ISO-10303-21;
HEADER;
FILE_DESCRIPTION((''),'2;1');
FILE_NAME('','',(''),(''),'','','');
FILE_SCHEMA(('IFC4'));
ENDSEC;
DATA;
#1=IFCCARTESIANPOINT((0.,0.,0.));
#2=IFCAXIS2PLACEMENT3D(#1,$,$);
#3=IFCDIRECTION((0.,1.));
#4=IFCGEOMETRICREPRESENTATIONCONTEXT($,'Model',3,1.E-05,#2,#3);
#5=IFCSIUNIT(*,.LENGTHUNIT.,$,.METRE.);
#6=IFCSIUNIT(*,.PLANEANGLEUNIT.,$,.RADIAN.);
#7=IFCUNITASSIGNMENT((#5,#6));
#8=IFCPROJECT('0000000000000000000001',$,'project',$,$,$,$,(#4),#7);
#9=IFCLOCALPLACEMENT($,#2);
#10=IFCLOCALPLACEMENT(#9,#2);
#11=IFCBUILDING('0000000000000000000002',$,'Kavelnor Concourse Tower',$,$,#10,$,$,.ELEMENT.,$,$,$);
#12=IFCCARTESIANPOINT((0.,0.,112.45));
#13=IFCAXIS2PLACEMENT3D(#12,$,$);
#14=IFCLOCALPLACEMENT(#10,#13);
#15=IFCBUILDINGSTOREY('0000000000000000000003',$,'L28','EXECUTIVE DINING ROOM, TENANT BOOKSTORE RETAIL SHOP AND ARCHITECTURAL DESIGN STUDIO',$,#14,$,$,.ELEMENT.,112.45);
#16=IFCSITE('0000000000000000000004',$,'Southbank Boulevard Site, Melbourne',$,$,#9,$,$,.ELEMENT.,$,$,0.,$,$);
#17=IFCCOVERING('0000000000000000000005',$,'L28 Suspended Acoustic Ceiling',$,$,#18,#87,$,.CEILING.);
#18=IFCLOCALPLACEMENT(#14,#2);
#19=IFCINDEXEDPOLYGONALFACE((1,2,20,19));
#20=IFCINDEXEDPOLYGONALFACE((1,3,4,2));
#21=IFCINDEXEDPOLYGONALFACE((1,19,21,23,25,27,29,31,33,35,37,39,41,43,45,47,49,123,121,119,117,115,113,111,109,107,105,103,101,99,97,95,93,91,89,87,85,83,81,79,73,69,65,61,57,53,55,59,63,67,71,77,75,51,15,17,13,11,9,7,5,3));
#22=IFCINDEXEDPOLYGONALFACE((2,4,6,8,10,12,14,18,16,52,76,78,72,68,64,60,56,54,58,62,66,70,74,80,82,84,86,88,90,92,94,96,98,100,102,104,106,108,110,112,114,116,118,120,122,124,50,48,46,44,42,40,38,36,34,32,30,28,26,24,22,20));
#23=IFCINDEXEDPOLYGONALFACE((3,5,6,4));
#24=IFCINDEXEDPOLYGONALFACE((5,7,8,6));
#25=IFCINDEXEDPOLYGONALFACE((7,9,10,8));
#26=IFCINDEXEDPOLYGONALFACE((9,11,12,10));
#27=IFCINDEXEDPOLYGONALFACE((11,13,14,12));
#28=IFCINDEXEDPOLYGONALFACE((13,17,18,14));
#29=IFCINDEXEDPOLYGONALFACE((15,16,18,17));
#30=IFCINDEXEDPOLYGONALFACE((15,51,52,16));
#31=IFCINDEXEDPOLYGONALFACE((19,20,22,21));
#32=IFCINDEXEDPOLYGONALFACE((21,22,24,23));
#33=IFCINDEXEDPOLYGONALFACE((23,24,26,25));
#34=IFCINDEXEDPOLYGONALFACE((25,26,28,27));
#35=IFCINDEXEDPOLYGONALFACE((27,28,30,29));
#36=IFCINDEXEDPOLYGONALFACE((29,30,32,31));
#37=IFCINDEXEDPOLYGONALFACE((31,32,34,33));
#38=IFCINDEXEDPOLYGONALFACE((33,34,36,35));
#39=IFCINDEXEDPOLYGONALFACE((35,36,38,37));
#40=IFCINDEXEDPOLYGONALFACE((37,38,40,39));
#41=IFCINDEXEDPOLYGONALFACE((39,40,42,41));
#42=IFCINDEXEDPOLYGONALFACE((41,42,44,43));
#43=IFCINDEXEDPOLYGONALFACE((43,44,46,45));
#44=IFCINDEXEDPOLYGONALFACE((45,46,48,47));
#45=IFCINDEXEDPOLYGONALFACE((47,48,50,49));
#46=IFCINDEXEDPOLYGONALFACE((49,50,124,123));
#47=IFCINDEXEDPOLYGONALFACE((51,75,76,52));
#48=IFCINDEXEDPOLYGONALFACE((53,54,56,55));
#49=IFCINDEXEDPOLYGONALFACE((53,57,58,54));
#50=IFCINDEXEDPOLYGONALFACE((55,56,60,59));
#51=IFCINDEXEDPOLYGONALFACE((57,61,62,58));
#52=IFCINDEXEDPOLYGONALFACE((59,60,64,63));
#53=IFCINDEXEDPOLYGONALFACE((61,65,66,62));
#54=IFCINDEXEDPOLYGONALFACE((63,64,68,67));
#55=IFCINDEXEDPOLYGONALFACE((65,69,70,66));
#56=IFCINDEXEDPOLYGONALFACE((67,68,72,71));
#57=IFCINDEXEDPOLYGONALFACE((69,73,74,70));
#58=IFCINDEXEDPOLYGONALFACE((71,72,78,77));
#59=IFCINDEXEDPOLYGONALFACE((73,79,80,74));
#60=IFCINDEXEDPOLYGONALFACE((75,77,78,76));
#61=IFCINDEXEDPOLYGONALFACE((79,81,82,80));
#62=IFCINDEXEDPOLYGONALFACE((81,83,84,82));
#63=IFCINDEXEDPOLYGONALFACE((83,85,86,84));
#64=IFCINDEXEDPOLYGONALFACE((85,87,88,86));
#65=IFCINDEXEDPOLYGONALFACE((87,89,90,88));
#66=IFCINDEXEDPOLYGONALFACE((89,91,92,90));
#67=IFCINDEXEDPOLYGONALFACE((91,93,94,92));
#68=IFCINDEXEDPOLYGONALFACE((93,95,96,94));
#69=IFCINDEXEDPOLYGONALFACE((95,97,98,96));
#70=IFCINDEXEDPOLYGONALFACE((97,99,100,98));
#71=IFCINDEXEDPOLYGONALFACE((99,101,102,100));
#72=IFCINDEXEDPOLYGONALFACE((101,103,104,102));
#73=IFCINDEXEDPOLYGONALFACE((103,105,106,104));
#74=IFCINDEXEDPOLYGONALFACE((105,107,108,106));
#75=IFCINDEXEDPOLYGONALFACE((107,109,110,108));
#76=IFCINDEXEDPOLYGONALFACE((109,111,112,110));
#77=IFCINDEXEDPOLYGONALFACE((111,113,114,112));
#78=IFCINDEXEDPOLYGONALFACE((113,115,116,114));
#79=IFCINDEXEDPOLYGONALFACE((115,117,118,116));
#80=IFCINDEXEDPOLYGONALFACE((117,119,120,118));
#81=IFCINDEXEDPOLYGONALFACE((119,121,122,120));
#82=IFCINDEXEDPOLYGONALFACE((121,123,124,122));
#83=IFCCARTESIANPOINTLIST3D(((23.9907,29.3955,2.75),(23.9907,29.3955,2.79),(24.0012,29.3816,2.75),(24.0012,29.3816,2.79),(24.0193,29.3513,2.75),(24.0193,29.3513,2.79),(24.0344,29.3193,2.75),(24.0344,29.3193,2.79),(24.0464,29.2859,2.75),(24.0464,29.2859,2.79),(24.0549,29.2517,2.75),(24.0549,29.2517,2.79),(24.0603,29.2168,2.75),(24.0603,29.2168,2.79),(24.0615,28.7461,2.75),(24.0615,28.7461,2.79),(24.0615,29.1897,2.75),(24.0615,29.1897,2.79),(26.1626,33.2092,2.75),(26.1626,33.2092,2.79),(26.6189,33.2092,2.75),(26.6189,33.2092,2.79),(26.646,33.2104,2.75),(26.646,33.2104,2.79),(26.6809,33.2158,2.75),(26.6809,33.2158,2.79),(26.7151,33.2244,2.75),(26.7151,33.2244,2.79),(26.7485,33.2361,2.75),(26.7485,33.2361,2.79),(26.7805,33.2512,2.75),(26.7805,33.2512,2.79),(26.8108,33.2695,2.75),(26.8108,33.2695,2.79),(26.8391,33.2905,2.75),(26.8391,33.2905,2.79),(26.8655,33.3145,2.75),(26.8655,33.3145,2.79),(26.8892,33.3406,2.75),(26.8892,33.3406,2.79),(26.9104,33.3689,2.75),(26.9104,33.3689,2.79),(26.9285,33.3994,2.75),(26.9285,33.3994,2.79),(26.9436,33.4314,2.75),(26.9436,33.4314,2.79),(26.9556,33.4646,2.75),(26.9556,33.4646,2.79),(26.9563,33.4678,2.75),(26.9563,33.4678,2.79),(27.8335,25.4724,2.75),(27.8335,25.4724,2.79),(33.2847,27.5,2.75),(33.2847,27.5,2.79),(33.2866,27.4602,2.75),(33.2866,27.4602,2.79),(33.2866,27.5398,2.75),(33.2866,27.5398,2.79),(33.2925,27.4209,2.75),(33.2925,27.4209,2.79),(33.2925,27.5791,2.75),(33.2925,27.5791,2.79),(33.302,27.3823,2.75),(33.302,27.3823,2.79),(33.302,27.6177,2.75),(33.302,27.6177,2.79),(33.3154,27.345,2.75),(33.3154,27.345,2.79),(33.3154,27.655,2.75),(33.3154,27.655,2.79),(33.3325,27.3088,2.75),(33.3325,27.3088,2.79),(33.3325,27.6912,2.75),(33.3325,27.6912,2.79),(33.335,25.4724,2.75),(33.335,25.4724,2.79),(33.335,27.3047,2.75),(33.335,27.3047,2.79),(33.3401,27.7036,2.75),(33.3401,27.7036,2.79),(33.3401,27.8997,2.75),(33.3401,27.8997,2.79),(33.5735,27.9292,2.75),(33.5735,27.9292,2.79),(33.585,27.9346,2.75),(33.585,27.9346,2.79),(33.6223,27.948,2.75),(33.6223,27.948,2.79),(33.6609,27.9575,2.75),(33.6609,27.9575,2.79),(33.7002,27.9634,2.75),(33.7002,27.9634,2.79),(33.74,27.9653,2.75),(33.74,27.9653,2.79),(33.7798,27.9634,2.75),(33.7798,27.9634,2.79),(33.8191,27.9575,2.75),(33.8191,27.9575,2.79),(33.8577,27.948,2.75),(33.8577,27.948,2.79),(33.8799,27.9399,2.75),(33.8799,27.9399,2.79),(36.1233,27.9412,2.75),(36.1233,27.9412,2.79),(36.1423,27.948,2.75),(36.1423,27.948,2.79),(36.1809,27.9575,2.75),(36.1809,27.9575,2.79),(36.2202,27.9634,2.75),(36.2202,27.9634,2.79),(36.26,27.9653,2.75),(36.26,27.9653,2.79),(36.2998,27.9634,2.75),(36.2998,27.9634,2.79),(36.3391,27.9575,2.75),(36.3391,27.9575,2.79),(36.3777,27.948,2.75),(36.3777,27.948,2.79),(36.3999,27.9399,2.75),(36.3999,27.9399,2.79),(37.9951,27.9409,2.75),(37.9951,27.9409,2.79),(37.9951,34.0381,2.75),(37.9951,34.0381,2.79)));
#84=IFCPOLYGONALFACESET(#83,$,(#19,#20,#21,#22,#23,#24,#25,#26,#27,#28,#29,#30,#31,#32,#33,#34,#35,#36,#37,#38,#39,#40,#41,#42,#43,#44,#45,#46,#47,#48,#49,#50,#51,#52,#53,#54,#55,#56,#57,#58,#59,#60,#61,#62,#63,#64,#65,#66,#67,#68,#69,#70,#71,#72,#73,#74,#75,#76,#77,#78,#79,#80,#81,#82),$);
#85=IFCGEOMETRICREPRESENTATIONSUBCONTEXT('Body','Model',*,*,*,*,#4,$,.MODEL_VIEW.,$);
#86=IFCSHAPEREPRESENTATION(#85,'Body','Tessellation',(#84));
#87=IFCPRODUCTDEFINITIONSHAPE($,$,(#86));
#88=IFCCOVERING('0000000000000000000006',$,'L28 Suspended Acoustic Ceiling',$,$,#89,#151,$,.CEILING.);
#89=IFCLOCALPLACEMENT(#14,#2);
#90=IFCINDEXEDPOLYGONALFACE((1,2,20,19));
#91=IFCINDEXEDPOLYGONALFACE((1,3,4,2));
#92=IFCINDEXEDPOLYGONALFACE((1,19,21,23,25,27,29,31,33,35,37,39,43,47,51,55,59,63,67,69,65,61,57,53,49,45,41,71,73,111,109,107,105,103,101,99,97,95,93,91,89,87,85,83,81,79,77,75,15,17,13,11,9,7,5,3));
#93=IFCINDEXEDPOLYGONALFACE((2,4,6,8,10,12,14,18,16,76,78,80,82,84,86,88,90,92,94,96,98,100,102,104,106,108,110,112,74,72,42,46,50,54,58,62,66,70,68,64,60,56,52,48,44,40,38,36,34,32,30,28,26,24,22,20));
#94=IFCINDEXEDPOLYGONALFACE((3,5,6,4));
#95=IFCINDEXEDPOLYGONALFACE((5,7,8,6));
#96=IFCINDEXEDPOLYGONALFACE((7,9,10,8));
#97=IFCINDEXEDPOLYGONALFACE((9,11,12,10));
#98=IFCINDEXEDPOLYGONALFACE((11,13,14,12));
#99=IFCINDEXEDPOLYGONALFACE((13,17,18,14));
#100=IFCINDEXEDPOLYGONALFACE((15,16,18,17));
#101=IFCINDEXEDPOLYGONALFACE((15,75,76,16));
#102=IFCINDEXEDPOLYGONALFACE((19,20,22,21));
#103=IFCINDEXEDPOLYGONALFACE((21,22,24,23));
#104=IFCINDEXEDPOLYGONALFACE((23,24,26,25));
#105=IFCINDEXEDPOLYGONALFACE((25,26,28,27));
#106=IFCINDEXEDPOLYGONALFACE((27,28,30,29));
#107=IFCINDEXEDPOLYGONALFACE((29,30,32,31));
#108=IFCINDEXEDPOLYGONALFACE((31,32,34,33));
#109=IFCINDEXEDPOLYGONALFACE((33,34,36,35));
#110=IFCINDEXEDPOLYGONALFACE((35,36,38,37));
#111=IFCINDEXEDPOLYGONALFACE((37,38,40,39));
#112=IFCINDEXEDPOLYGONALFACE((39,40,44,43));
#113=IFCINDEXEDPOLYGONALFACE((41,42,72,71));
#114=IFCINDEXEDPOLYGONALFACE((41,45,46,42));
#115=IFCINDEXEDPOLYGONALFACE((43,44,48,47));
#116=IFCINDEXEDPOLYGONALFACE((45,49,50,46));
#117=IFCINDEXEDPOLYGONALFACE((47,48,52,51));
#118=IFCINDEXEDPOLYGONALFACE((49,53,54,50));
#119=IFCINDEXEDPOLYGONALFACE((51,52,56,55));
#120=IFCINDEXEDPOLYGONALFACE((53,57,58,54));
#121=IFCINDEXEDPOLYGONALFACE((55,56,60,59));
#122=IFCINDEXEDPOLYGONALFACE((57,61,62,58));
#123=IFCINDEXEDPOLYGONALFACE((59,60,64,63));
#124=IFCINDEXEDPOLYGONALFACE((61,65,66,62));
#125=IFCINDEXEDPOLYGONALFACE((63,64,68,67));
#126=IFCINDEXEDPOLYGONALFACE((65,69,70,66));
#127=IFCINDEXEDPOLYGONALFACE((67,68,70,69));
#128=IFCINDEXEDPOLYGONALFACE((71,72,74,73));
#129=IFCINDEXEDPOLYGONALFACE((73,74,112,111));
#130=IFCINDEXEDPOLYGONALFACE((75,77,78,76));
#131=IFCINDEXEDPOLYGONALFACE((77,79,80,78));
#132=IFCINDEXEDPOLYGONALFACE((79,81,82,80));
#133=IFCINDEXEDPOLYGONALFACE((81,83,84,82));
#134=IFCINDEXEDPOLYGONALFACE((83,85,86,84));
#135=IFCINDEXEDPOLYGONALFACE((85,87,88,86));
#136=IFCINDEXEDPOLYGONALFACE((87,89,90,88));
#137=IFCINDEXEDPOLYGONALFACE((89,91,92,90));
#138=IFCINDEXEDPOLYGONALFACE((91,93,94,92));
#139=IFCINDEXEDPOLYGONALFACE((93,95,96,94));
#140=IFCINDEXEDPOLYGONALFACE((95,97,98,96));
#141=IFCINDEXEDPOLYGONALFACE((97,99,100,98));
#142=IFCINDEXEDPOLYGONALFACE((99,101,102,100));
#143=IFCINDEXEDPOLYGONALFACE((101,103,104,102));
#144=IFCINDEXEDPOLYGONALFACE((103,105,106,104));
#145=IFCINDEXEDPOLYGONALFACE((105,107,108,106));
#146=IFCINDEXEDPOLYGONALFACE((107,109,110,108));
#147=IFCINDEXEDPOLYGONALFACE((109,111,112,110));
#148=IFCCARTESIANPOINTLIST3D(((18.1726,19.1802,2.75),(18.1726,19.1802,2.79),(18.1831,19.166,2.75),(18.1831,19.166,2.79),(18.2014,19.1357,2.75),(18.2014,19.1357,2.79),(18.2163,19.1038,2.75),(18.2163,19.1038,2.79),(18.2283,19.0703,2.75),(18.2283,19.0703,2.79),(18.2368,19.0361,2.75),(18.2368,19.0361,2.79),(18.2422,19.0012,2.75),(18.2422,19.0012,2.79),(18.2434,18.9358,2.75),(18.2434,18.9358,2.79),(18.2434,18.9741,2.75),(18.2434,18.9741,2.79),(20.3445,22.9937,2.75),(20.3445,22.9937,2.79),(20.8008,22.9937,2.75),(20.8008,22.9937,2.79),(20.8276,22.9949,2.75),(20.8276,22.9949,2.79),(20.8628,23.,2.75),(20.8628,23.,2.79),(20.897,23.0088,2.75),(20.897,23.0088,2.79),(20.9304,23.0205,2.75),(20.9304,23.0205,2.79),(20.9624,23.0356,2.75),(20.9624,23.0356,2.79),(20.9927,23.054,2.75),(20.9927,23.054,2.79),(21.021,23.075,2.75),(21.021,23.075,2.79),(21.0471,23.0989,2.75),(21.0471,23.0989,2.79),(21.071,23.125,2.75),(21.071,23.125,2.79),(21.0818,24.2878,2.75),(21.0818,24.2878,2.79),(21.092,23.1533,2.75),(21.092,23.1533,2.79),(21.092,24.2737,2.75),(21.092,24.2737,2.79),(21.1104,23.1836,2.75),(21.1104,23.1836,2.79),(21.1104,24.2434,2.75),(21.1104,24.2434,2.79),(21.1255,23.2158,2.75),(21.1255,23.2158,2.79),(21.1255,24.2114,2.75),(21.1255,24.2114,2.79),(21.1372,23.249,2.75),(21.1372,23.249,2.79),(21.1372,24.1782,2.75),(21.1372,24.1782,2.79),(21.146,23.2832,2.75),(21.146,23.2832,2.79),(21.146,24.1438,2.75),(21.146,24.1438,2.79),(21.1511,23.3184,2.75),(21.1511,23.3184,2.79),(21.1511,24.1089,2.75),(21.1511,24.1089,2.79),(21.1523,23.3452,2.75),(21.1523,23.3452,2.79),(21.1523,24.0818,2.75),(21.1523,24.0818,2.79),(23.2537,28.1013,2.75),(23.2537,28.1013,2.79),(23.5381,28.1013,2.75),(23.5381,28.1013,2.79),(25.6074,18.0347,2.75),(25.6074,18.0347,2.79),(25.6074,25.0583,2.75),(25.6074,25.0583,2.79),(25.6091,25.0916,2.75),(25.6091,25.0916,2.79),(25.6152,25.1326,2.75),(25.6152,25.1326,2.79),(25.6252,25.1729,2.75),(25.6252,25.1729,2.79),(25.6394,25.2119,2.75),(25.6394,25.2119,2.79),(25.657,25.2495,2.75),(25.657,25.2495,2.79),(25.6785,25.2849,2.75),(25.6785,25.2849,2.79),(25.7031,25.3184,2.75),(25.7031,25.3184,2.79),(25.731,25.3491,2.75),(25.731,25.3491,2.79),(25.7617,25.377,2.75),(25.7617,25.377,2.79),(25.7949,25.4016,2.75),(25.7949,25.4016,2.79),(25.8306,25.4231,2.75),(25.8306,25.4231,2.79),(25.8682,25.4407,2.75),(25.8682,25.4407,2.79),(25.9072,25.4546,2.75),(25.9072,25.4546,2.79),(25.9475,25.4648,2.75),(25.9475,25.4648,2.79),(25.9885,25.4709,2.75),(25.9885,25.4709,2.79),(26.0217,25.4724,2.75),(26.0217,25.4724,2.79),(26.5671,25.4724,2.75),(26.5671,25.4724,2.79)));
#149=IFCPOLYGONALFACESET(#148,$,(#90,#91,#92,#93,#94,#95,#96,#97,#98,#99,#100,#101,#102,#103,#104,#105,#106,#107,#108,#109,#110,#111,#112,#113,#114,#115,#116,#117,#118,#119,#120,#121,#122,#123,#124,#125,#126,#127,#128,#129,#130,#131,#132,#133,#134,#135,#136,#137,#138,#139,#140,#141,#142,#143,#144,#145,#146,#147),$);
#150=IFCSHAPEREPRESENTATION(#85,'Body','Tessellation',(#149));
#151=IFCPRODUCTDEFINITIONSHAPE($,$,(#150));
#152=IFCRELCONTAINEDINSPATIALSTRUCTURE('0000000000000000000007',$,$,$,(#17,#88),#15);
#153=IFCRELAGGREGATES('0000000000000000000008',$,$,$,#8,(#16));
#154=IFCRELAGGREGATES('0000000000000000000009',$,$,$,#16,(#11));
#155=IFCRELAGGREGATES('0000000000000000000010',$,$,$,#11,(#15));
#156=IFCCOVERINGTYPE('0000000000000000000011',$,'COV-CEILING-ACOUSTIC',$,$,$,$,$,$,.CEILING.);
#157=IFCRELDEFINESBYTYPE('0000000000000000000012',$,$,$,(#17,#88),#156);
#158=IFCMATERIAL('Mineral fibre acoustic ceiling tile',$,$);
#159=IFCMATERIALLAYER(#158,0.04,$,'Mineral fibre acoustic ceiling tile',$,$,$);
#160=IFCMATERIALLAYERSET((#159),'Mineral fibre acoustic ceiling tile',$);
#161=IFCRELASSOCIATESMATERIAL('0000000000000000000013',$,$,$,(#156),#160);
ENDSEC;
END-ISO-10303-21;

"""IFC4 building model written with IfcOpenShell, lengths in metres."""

from ifc_helpers import new_model, si_unit, direction, frame, origin, place, context, subcontext, project, spatial, polyline, outline, extrude, material, layer, layer_set, type_object, element, save


model = new_model("IFC4")

# Units and contexts
model_context = context("Model", 3, precision=1e-05, world=origin(), true_north=direction((0.0, 1.0)))
body_context = subcontext(model_context, "Body", "Model", "MODEL_VIEW")
ifc_project = project(units=[si_unit("LENGTHUNIT", "METRE"), si_unit("PLANEANGLEUNIT", "RADIAN")], contexts=[model_context])

# Site, building, storey
site_placement = place(None, origin())
site = spatial("IfcSite", under=ifc_project, at=site_placement, Name="Southbank Boulevard Site, Melbourne", CompositionType="ELEMENT", RefElevation=0.0)
building_placement = place(site_placement, origin())
building = spatial("IfcBuilding", under=site, at=building_placement, Name="Kavelnor Concourse Tower", CompositionType="ELEMENT")
storey_placement = place(building_placement, frame((0.0, 0.0, 112.45)))
storey = spatial("IfcBuildingStorey", under=building, at=storey_placement, Name="L28", Description="EXECUTIVE DINING ROOM, TENANT BOOKSTORE RETAIL SHOP AND ARCHITECTURAL DESIGN STUDIO", CompositionType="ELEMENT", Elevation=112.45)

# Coverings
ifc_material_1 = material(Name="Mineral fibre acoustic ceiling tile")
ifc_layer_1 = layer(ifc_material_1, 0.04, Name="Mineral fibre acoustic ceiling tile")
ifc_layer_set_1 = layer_set([ifc_layer_1], Name="Mineral fibre acoustic ceiling tile")
covering_type_1 = type_object("IfcCoveringType", Name="COV-CEILING-ACOUSTIC", PredefinedType="CEILING", material=ifc_layer_set_1)
covering_1_placement = place(storey_placement, frame((0.0, 0.0, 2.75)))
element("IfcCovering", 1, at=covering_1_placement, inside=storey, type_object=covering_type_1, Name="L28 Suspended Acoustic Ceiling", PredefinedType="CEILING", context=body_context, shape_type="SweptSolid", body=[
    extrude(outline(polyline([(26.646, 33.2104), (26.6809, 33.2158), (26.7151, 33.2244), (26.7485, 33.2361), (26.7805, 33.2512), (26.8108, 33.2695), (26.8391, 33.2905), (26.8655, 33.3145), (26.8892, 33.3406), (26.9104, 33.3689), (26.9285, 33.3994), (26.9436, 33.4314), (26.9556, 33.4646), (26.9563, 33.4678), (37.9951, 34.0381), (37.9951, 27.9409), (36.3999, 27.9399), (36.3777, 27.948), (36.3391, 27.9575), (36.2998, 27.9634), (36.26, 27.9653), (36.2202, 27.9634), (36.1809, 27.9575), (36.1423, 27.948), (36.1233, 27.9412), (33.8799, 27.9399), (33.8577, 27.948), (33.8191, 27.9575), (33.7798, 27.9634), (33.74, 27.9653), (33.7002, 27.9634), (33.6609, 27.9575), (33.6223, 27.948), (33.585, 27.9346), (33.5735, 27.9292), (33.3401, 27.8997), (33.3401, 27.7036), (33.3325, 27.6912), (33.3154, 27.655), (33.302, 27.6177), (33.2925, 27.5791), (33.2866, 27.5398), (33.2847, 27.5), (33.2866, 27.4602), (33.2925, 27.4209), (33.302, 27.3823), (33.3154, 27.345), (33.3325, 27.3088), (33.335, 27.3047), (33.335, 25.4724), (27.8335, 25.4724), (24.0615, 28.7461), (24.0615, 29.1897), (24.0603, 29.2168), (24.0549, 29.2517), (24.0464, 29.2859), (24.0344, 29.3193), (24.0193, 29.3513), (24.0012, 29.3816), (23.9907, 29.3955), (26.1626, 33.2092), (26.6189, 33.2092), (26.646, 33.2104)])), origin(), (0.0, 0.0, 1.0), 0.04),
])
covering_2_placement = place(storey_placement, frame((0.0, 0.0, 2.75)))
element("IfcCovering", 2, at=covering_2_placement, inside=storey, type_object=covering_type_1, Name="L28 Suspended Acoustic Ceiling", PredefinedType="CEILING", context=body_context, shape_type="SweptSolid", body=[
    extrude(outline(polyline([(20.3445, 22.9937), (20.8008, 22.9937), (20.8276, 22.9949), (20.8628, 23.0), (20.897, 23.0088), (20.9304, 23.0205), (20.9624, 23.0356), (20.9927, 23.054), (21.021, 23.075), (21.0471, 23.0989), (21.071, 23.125), (21.092, 23.1533), (21.1104, 23.1836), (21.1255, 23.2158), (21.1372, 23.249), (21.146, 23.2832), (21.1511, 23.3184), (21.1523, 23.3452), (21.1523, 24.0818), (21.1511, 24.1089), (21.146, 24.1438), (21.1372, 24.1782), (21.1255, 24.2114), (21.1104, 24.2434), (21.092, 24.2737), (21.0818, 24.2878), (23.2537, 28.1013), (23.5381, 28.1013), (26.5671, 25.4724), (26.0217, 25.4724), (25.9885, 25.4709), (25.9475, 25.4648), (25.9072, 25.4546), (25.8682, 25.4407), (25.8306, 25.4231), (25.7949, 25.4016), (25.7617, 25.377), (25.731, 25.3491), (25.7031, 25.3184), (25.6785, 25.2849), (25.657, 25.2495), (25.6394, 25.2119), (25.6252, 25.1729), (25.6152, 25.1326), (25.6091, 25.0916), (25.6074, 25.0583), (25.6074, 18.0347), (18.2434, 18.9358), (18.2434, 18.9741), (18.2422, 19.0012), (18.2368, 19.0361), (18.2283, 19.0703), (18.2163, 19.1038), (18.2014, 19.1357), (18.1831, 19.166), (18.1726, 19.1802), (20.3445, 22.9937)])), origin(), (0.0, 0.0, 1.0), 0.04),
])

save(model, "model.ifc")
